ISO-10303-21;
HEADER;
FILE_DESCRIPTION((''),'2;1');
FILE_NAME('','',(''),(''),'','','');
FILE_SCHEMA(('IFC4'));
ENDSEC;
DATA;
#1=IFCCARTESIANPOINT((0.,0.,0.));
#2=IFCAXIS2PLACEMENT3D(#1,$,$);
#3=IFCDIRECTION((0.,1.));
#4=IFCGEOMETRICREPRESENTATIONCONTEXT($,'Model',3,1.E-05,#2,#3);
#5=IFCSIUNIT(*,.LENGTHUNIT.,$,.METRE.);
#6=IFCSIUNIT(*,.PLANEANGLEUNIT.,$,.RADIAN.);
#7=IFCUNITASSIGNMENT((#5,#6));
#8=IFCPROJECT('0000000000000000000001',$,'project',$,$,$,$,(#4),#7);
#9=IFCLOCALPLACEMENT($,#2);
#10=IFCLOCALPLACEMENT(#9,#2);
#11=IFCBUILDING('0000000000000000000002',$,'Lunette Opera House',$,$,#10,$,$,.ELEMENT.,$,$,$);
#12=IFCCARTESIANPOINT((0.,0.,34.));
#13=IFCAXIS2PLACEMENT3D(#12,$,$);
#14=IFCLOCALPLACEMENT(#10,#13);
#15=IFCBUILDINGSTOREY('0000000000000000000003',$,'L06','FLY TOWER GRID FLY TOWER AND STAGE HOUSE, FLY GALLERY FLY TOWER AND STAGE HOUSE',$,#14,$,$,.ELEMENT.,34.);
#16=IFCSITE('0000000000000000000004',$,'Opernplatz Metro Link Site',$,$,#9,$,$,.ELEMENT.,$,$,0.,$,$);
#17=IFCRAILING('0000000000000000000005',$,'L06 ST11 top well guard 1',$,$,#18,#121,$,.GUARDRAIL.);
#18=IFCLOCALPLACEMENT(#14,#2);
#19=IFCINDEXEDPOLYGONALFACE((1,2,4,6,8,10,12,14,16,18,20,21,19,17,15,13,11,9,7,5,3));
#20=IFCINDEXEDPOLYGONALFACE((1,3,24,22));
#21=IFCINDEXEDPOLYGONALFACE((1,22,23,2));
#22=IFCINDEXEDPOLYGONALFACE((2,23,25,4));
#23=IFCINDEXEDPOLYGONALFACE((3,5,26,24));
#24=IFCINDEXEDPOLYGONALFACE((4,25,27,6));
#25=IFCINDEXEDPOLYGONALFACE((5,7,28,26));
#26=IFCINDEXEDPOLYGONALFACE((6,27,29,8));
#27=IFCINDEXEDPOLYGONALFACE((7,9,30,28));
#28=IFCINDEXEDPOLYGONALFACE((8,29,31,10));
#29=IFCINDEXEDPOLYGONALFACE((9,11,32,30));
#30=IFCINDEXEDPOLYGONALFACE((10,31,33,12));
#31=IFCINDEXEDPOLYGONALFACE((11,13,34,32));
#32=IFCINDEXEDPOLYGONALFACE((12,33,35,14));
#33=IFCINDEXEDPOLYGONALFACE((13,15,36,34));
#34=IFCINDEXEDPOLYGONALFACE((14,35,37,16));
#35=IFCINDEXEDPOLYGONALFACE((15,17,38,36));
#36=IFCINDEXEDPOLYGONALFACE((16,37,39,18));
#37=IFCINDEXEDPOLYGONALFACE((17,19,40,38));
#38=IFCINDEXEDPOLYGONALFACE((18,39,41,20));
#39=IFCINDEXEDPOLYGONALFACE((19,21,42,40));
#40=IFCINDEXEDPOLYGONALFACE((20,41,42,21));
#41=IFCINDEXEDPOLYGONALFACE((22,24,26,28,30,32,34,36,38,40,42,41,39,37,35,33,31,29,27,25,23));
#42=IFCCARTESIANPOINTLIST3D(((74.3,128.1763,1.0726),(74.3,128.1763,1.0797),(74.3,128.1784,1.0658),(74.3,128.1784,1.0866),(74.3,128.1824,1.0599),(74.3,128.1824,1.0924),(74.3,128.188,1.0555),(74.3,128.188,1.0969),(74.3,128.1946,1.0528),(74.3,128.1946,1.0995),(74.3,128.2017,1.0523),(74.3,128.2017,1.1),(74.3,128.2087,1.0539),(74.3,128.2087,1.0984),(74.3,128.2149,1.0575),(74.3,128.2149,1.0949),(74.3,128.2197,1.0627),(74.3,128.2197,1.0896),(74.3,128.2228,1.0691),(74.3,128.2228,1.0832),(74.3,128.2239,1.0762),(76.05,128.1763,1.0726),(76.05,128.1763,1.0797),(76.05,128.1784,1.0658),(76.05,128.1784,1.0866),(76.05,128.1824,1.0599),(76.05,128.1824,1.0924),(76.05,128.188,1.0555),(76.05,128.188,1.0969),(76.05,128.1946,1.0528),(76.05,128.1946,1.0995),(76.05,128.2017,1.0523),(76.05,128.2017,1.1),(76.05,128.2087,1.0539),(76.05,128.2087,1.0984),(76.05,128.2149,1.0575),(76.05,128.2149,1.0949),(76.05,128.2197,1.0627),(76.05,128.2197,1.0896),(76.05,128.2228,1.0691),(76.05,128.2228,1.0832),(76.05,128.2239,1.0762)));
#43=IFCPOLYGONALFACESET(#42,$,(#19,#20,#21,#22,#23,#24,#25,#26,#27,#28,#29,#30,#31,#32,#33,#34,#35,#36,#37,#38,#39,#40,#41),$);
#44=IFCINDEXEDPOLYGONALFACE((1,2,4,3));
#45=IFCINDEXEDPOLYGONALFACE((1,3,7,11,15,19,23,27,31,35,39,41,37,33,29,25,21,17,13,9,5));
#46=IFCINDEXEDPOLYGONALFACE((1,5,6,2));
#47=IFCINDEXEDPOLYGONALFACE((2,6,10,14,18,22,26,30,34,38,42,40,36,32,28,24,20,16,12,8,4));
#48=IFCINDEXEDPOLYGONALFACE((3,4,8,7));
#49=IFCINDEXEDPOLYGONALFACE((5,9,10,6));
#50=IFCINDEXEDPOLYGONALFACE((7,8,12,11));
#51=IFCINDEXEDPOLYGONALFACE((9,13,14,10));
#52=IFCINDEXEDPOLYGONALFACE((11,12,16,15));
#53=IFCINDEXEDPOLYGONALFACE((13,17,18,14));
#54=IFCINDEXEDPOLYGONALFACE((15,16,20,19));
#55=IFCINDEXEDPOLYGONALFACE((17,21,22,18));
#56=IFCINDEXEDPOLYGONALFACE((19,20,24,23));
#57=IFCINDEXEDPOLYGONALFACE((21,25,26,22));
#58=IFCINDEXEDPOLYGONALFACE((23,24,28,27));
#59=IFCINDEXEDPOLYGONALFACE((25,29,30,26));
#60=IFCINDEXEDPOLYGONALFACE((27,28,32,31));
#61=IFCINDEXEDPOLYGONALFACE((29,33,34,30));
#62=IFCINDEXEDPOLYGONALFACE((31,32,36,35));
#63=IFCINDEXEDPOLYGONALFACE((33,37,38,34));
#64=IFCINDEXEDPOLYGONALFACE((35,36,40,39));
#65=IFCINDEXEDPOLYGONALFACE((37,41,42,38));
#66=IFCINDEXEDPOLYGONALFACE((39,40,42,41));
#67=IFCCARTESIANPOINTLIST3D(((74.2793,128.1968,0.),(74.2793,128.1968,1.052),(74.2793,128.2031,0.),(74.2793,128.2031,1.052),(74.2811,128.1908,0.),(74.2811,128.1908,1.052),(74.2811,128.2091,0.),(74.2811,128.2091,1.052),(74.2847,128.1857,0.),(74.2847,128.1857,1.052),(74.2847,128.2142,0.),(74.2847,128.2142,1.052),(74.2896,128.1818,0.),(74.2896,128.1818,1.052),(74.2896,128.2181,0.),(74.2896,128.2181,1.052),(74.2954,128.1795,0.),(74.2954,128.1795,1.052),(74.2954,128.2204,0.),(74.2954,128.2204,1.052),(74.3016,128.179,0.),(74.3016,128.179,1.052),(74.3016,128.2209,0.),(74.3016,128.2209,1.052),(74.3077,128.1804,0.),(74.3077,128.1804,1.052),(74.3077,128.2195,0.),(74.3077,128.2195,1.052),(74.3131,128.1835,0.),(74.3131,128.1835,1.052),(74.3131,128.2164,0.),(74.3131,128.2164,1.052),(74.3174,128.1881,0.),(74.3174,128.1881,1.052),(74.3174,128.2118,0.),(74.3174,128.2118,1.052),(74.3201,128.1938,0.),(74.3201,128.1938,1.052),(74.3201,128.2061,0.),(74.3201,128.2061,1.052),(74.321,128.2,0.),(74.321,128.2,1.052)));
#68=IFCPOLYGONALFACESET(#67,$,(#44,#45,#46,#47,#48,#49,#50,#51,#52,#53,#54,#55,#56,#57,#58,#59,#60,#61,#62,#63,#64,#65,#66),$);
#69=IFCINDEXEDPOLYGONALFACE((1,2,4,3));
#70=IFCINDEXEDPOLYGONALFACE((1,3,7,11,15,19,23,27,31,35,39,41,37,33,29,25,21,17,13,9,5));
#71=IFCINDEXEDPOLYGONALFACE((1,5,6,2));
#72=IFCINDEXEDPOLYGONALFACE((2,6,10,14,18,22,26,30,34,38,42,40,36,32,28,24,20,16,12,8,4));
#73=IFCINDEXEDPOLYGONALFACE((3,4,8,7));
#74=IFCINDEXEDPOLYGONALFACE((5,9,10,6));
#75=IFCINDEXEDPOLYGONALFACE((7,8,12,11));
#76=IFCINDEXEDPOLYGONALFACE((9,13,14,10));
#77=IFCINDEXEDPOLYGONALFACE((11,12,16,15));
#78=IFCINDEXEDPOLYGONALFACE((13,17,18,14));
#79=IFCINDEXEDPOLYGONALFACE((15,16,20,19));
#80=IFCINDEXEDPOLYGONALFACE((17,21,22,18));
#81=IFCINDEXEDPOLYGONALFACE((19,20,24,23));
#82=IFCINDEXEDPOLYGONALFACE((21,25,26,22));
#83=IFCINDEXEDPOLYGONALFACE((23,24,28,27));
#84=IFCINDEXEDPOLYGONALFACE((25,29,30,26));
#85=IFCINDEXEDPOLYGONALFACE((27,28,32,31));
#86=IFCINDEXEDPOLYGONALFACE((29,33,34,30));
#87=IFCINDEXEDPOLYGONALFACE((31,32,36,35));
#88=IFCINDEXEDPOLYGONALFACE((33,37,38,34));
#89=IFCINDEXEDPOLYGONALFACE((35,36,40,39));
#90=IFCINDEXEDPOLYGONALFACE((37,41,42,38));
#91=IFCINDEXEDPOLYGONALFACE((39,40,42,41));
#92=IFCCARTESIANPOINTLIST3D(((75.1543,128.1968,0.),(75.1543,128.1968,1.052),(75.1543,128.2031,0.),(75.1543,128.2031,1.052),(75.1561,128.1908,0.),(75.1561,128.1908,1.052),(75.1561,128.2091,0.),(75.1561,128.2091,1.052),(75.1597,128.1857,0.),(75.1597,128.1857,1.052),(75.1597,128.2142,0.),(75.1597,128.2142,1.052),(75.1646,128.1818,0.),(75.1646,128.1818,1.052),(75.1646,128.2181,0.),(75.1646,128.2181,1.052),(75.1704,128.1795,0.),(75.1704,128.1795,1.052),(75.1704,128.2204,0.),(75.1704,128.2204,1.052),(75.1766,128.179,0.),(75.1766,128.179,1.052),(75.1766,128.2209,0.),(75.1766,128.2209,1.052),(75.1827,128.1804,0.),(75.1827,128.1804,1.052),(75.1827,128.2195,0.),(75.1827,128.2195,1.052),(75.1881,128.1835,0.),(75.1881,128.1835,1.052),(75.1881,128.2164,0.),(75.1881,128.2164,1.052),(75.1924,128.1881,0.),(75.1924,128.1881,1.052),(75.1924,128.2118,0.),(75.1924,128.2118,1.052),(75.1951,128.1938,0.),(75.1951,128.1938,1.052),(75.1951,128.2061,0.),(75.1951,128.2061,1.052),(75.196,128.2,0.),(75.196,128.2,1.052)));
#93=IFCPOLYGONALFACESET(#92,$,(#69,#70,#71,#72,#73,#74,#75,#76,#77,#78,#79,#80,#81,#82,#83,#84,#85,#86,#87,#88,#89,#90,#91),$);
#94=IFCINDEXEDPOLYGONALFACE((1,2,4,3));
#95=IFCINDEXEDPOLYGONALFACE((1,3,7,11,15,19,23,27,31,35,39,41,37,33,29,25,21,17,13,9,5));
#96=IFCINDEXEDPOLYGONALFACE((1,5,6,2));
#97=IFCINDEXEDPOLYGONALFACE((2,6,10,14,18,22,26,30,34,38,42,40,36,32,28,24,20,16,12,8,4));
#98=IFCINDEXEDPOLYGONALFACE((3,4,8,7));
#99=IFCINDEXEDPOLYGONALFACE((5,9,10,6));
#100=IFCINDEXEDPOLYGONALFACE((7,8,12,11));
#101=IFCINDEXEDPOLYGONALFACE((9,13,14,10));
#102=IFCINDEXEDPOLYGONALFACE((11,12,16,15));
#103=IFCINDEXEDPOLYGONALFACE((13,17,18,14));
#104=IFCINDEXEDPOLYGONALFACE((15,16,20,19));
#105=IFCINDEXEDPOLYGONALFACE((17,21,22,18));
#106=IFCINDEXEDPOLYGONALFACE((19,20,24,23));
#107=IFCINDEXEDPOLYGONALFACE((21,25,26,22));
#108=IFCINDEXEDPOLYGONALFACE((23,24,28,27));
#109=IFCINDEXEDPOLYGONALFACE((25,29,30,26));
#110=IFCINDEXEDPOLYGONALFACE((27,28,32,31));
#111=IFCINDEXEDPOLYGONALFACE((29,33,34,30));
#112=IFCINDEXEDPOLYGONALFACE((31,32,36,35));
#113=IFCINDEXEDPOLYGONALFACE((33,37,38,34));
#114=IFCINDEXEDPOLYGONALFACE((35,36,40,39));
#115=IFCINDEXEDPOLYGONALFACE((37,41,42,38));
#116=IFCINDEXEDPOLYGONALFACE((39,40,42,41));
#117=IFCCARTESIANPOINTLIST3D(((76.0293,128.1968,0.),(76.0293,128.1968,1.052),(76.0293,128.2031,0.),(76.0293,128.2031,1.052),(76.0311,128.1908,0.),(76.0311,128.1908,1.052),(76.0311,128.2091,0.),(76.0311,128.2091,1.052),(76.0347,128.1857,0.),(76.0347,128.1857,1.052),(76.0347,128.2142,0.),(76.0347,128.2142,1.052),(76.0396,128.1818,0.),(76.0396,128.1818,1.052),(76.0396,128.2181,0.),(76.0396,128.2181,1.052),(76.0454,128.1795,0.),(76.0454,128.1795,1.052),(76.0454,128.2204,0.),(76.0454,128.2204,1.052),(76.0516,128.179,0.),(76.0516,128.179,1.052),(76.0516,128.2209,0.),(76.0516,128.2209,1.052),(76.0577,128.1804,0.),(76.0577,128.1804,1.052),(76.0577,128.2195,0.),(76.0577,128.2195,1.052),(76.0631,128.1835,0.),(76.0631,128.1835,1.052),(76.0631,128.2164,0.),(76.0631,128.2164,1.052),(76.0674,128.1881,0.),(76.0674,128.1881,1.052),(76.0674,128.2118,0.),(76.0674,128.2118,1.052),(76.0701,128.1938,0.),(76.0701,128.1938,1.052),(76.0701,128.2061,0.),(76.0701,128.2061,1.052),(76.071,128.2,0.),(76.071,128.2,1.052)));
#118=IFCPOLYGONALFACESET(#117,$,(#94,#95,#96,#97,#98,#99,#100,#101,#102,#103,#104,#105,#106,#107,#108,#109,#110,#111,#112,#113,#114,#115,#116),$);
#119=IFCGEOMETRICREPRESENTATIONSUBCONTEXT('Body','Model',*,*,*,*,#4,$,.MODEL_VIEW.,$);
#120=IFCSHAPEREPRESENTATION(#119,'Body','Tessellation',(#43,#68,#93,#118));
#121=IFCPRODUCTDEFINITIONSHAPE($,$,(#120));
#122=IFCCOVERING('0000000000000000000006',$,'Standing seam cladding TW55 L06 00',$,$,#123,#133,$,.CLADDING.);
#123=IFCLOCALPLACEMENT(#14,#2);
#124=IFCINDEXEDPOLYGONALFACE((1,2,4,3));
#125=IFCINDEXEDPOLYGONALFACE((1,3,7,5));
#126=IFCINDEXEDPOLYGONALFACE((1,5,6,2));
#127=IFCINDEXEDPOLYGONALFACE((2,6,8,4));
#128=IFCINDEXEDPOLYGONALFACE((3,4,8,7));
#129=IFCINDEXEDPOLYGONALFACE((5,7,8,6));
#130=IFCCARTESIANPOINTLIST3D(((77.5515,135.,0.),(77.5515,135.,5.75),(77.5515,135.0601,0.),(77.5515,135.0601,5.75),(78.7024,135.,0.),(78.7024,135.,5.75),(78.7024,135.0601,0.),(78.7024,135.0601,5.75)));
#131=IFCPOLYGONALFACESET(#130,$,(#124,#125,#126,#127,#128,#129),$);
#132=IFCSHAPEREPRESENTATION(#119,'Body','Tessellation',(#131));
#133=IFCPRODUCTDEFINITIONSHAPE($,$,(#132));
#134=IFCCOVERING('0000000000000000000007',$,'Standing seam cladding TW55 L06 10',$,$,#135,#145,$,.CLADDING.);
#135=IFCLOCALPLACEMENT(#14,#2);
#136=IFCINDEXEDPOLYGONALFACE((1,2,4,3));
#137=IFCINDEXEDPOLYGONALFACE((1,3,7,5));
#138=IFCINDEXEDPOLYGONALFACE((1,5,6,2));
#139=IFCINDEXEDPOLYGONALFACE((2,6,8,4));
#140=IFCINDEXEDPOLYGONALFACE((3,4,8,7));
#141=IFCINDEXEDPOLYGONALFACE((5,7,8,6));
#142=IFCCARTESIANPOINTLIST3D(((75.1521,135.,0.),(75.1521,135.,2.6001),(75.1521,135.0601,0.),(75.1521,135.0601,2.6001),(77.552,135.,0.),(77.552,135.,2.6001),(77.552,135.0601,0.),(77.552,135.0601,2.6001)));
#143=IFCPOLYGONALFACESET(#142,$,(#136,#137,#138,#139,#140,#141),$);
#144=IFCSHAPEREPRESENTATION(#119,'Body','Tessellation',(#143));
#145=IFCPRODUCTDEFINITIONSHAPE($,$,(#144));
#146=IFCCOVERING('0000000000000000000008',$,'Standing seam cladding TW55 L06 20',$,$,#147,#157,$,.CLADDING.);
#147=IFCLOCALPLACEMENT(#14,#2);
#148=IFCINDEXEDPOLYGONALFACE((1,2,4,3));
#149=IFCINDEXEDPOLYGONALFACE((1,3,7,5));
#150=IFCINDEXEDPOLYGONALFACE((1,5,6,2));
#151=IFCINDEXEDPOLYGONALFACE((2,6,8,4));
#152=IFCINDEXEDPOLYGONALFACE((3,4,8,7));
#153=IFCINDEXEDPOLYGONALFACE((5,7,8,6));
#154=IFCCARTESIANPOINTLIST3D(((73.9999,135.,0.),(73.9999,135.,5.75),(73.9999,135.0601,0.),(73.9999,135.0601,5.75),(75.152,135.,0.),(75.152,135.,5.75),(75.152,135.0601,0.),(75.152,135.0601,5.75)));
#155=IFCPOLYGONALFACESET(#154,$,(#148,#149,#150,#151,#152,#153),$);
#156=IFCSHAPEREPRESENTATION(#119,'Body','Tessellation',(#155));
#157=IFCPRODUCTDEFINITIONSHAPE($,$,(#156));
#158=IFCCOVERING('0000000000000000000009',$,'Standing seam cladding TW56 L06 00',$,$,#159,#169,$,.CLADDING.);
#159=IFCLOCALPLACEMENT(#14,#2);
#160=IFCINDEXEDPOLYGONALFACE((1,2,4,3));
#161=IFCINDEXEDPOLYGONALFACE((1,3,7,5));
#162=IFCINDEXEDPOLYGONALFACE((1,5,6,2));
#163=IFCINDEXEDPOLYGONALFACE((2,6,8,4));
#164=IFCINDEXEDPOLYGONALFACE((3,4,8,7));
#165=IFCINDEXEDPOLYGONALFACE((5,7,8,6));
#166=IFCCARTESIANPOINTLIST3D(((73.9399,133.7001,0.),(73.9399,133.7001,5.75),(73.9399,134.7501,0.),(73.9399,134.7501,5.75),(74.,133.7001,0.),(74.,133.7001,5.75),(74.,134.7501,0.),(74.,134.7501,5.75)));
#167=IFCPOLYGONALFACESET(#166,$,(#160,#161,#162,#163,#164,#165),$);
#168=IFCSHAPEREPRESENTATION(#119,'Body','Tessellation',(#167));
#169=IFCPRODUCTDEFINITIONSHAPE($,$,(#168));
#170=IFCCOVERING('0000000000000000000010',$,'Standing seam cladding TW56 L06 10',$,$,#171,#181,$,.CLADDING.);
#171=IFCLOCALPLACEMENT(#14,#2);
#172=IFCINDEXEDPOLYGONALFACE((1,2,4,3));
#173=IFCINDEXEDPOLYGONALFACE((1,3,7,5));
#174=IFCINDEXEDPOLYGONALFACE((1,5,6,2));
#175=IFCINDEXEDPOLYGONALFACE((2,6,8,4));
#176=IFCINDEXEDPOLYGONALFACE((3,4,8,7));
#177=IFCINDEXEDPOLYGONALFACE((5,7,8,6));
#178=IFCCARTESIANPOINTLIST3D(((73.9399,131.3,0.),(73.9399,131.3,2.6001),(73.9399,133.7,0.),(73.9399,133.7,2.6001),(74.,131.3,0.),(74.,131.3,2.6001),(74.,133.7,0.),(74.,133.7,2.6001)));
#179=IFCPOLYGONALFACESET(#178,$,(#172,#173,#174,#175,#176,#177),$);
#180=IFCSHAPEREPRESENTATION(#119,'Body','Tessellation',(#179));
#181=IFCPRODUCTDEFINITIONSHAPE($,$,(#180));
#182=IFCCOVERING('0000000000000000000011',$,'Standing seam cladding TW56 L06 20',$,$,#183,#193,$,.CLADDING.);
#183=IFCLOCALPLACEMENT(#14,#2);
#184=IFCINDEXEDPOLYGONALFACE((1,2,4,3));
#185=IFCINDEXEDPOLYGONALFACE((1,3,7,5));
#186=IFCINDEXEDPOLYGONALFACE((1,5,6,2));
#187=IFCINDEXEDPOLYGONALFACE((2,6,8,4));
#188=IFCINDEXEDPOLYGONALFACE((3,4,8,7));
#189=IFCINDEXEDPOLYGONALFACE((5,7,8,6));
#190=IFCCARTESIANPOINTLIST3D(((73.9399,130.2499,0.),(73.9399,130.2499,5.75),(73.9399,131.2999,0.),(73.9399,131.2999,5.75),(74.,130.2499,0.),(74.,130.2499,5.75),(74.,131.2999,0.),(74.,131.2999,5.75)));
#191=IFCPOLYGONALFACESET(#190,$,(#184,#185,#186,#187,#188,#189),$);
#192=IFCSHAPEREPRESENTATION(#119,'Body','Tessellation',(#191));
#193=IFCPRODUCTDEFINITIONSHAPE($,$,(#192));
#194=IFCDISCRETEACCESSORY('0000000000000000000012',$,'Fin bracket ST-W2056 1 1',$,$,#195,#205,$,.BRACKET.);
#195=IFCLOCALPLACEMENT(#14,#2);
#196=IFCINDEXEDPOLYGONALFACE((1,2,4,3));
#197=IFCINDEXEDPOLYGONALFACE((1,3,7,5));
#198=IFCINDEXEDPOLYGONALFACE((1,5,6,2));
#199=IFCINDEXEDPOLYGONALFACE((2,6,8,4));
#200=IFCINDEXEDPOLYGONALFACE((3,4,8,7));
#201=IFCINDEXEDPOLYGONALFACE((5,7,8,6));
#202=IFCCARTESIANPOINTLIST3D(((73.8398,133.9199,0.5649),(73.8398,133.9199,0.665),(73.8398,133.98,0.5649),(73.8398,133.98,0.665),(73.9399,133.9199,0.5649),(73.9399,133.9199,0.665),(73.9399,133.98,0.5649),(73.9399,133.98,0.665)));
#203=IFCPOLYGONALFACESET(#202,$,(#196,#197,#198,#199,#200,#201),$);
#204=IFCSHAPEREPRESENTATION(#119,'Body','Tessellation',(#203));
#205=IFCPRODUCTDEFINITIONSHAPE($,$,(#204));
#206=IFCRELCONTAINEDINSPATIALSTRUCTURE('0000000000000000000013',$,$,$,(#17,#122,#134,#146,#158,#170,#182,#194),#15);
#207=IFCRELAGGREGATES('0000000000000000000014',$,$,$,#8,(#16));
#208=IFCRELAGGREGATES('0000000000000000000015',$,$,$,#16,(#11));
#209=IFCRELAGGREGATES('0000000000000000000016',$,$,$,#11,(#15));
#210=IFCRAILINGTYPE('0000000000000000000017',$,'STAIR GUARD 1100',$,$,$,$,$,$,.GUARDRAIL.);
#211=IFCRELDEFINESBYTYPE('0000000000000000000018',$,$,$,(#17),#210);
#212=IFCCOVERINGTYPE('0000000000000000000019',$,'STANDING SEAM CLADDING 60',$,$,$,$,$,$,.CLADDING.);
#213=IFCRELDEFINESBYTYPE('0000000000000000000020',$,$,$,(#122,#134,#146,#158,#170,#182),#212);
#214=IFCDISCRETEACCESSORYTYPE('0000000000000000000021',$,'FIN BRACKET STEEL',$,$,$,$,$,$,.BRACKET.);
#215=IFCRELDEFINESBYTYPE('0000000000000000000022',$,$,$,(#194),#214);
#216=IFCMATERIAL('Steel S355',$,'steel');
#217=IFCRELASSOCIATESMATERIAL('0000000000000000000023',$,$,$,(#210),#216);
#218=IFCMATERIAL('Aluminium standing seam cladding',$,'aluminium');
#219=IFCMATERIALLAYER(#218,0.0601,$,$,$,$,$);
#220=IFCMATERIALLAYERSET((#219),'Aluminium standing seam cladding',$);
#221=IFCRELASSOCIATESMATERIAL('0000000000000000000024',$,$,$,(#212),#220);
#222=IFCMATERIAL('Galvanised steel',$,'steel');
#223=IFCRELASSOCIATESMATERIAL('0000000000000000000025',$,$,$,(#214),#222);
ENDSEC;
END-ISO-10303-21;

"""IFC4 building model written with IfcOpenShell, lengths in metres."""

from ifc_helpers import new_model, si_unit, direction, frame, origin, origin_2d, place, context, subcontext, project, spatial, rectangle, circle, extrude, material, layer, layer_set, type_object, element, save


model = new_model("IFC4")

# Units and contexts
model_context = context("Model", 3, precision=1e-05, world=origin(), true_north=direction((0.0, 1.0)))
body_context = subcontext(model_context, "Body", "Model", "MODEL_VIEW")
ifc_project = project(units=[si_unit("LENGTHUNIT", "METRE"), si_unit("PLANEANGLEUNIT", "RADIAN")], contexts=[model_context])

# Site, building, storey
site_placement = place(None, origin())
site = spatial("IfcSite", under=ifc_project, at=site_placement, Name="Opernplatz Metro Link Site", CompositionType="ELEMENT", RefElevation=0.0)
building_placement = place(site_placement, origin())
building = spatial("IfcBuilding", under=site, at=building_placement, Name="Lunette Opera House", CompositionType="ELEMENT")
storey_placement = place(building_placement, frame((0.0, 0.0, 34.0)))
storey = spatial("IfcBuildingStorey", under=building, at=storey_placement, Name="L06", Description="FLY TOWER GRID FLY TOWER AND STAGE HOUSE, FLY GALLERY FLY TOWER AND STAGE HOUSE", CompositionType="ELEMENT", Elevation=34.0)

# Railing
ifc_material_1 = material(Name="Steel S355", Category="steel")
railing_type_1 = type_object("IfcRailingType", Name="STAIR GUARD 1100", PredefinedType="GUARDRAIL", material=ifc_material_1)
railing_1_placement = place(storey_placement, frame((74.3, 128.2, 0.0)))
element("IfcRailing", 1, at=railing_1_placement, inside=storey, type_object=railing_type_1, Name="L06 ST11 top well guard 1", PredefinedType="GUARDRAIL", context=body_context, shape_type="SweptSolid", body=[
    extrude(circle(Radius=0.0239, at=origin_2d()), frame((0.0, 0.0, 1.0762), z_axis=(1.0, 0.0, 0.0), x_axis=(0.0, 1.0, 0.0)), (0.0, 0.0, 1.0), 1.75),
    extrude(circle(Radius=0.021, at=origin_2d()), origin(), (0.0, 0.0, 1.0), 1.052),
    extrude(circle(Radius=0.021, at=origin_2d()), frame((0.875, 0.0, 0.0)), (0.0, 0.0, 1.0), 1.052),
    extrude(circle(Radius=0.021, at=origin_2d()), frame((1.75, 0.0, 0.0)), (0.0, 0.0, 1.0), 1.052),
])

# Coverings
ifc_material_2 = material(Name="Aluminium standing seam cladding", Category="aluminium")
ifc_layer_1 = layer(ifc_material_2, 0.0601)
ifc_layer_set_1 = layer_set([ifc_layer_1], Name="Aluminium standing seam cladding")
covering_type = type_object("IfcCoveringType", Name="STANDING SEAM CLADDING 60", PredefinedType="CLADDING", material=ifc_layer_set_1)
covering_1_placement = place(storey_placement, frame((78.127, 135.03, 0.0), z_axis=(0.0, 0.0, 1.0), x_axis=(-1.0, 0.0, 0.0)))
element("IfcCovering", 2, at=covering_1_placement, inside=storey, type_object=covering_type, Name="Standing seam cladding TW55 L06 00", PredefinedType="CLADDING", context=body_context, shape_type="SweptSolid", body=[
    extrude(rectangle(XDim=1.1509, YDim=0.0601, at=origin_2d()), origin(), (0.0, 0.0, 1.0), 5.75),
])
covering_2_placement = place(storey_placement, frame((76.3521, 135.03, 0.0), z_axis=(0.0, 0.0, 1.0), x_axis=(-1.0, 0.0, 0.0)))
element("IfcCovering", 3, at=covering_2_placement, inside=storey, type_object=covering_type, Name="Standing seam cladding TW55 L06 10", PredefinedType="CLADDING", context=body_context, shape_type="SweptSolid", body=[
    extrude(rectangle(XDim=2.3999, YDim=0.0601, at=origin_2d()), origin(), (0.0, 0.0, 1.0), 2.6001),
])
covering_3_placement = place(storey_placement, frame((74.5759, 135.03, 0.0), z_axis=(0.0, 0.0, 1.0), x_axis=(-1.0, 0.0, 0.0)))
element("IfcCovering", 4, at=covering_3_placement, inside=storey, type_object=covering_type, Name="Standing seam cladding TW55 L06 20", PredefinedType="CLADDING", context=body_context, shape_type="SweptSolid", body=[
    extrude(rectangle(XDim=1.1521, YDim=0.0601, at=origin_2d()), origin(), (0.0, 0.0, 1.0), 5.75),
])
covering_4_placement = place(storey_placement, frame((73.97, 134.2251, 0.0), z_axis=(0.0, 0.0, 1.0), x_axis=(0.0, -1.0, 0.0)))
element("IfcCovering", 5, at=covering_4_placement, inside=storey, type_object=covering_type, Name="Standing seam cladding TW56 L06 00", PredefinedType="CLADDING", context=body_context, shape_type="SweptSolid", body=[
    extrude(rectangle(XDim=1.05, YDim=0.0601, at=origin_2d()), origin(), (0.0, 0.0, 1.0), 5.75),
])
covering_5_placement = place(storey_placement, frame((73.97, 132.5, 0.0), z_axis=(0.0, 0.0, 1.0), x_axis=(0.0, -1.0, 0.0)))
element("IfcCovering", 6, at=covering_5_placement, inside=storey, type_object=covering_type, Name="Standing seam cladding TW56 L06 10", PredefinedType="CLADDING", context=body_context, shape_type="SweptSolid", body=[
    extrude(rectangle(XDim=2.3999, YDim=0.0601, at=origin_2d()), origin(), (0.0, 0.0, 1.0), 2.6001),
])
covering_6_placement = place(storey_placement, frame((73.97, 130.7749, 0.0), z_axis=(0.0, 0.0, 1.0), x_axis=(0.0, -1.0, 0.0)))
element("IfcCovering", 7, at=covering_6_placement, inside=storey, type_object=covering_type, Name="Standing seam cladding TW56 L06 20", PredefinedType="CLADDING", context=body_context, shape_type="SweptSolid", body=[
    extrude(rectangle(XDim=1.05, YDim=0.0601, at=origin_2d()), origin(), (0.0, 0.0, 1.0), 5.75),
])

# Discrete accessory
ifc_material_3 = material(Name="Galvanised steel", Category="steel")
discrete_accessory_type = type_object("IfcDiscreteAccessoryType", Name="FIN BRACKET STEEL", PredefinedType="BRACKET", material=ifc_material_3)
for number, where, z_axis, x_axis, name in (
    (8, (73.8899, 133.95, 0.5649), (0.0, 0.0, 1.0), (-1.0, 0.0, 0.0), "Fin bracket ST-W2056 1 1"),
):
    element("IfcDiscreteAccessory", number, at=place(storey_placement, frame(where, z_axis=z_axis, x_axis=x_axis)), inside=storey, type_object=discrete_accessory_type, Name=name, PredefinedType="BRACKET", context=body_context, shape_type="SweptSolid", body=[
        extrude(rectangle(XDim=0.1001, YDim=0.0601, at=origin_2d()), origin(), (0.0, 0.0, 1.0), 0.1001),
    ])

save(model, "model.ifc")
